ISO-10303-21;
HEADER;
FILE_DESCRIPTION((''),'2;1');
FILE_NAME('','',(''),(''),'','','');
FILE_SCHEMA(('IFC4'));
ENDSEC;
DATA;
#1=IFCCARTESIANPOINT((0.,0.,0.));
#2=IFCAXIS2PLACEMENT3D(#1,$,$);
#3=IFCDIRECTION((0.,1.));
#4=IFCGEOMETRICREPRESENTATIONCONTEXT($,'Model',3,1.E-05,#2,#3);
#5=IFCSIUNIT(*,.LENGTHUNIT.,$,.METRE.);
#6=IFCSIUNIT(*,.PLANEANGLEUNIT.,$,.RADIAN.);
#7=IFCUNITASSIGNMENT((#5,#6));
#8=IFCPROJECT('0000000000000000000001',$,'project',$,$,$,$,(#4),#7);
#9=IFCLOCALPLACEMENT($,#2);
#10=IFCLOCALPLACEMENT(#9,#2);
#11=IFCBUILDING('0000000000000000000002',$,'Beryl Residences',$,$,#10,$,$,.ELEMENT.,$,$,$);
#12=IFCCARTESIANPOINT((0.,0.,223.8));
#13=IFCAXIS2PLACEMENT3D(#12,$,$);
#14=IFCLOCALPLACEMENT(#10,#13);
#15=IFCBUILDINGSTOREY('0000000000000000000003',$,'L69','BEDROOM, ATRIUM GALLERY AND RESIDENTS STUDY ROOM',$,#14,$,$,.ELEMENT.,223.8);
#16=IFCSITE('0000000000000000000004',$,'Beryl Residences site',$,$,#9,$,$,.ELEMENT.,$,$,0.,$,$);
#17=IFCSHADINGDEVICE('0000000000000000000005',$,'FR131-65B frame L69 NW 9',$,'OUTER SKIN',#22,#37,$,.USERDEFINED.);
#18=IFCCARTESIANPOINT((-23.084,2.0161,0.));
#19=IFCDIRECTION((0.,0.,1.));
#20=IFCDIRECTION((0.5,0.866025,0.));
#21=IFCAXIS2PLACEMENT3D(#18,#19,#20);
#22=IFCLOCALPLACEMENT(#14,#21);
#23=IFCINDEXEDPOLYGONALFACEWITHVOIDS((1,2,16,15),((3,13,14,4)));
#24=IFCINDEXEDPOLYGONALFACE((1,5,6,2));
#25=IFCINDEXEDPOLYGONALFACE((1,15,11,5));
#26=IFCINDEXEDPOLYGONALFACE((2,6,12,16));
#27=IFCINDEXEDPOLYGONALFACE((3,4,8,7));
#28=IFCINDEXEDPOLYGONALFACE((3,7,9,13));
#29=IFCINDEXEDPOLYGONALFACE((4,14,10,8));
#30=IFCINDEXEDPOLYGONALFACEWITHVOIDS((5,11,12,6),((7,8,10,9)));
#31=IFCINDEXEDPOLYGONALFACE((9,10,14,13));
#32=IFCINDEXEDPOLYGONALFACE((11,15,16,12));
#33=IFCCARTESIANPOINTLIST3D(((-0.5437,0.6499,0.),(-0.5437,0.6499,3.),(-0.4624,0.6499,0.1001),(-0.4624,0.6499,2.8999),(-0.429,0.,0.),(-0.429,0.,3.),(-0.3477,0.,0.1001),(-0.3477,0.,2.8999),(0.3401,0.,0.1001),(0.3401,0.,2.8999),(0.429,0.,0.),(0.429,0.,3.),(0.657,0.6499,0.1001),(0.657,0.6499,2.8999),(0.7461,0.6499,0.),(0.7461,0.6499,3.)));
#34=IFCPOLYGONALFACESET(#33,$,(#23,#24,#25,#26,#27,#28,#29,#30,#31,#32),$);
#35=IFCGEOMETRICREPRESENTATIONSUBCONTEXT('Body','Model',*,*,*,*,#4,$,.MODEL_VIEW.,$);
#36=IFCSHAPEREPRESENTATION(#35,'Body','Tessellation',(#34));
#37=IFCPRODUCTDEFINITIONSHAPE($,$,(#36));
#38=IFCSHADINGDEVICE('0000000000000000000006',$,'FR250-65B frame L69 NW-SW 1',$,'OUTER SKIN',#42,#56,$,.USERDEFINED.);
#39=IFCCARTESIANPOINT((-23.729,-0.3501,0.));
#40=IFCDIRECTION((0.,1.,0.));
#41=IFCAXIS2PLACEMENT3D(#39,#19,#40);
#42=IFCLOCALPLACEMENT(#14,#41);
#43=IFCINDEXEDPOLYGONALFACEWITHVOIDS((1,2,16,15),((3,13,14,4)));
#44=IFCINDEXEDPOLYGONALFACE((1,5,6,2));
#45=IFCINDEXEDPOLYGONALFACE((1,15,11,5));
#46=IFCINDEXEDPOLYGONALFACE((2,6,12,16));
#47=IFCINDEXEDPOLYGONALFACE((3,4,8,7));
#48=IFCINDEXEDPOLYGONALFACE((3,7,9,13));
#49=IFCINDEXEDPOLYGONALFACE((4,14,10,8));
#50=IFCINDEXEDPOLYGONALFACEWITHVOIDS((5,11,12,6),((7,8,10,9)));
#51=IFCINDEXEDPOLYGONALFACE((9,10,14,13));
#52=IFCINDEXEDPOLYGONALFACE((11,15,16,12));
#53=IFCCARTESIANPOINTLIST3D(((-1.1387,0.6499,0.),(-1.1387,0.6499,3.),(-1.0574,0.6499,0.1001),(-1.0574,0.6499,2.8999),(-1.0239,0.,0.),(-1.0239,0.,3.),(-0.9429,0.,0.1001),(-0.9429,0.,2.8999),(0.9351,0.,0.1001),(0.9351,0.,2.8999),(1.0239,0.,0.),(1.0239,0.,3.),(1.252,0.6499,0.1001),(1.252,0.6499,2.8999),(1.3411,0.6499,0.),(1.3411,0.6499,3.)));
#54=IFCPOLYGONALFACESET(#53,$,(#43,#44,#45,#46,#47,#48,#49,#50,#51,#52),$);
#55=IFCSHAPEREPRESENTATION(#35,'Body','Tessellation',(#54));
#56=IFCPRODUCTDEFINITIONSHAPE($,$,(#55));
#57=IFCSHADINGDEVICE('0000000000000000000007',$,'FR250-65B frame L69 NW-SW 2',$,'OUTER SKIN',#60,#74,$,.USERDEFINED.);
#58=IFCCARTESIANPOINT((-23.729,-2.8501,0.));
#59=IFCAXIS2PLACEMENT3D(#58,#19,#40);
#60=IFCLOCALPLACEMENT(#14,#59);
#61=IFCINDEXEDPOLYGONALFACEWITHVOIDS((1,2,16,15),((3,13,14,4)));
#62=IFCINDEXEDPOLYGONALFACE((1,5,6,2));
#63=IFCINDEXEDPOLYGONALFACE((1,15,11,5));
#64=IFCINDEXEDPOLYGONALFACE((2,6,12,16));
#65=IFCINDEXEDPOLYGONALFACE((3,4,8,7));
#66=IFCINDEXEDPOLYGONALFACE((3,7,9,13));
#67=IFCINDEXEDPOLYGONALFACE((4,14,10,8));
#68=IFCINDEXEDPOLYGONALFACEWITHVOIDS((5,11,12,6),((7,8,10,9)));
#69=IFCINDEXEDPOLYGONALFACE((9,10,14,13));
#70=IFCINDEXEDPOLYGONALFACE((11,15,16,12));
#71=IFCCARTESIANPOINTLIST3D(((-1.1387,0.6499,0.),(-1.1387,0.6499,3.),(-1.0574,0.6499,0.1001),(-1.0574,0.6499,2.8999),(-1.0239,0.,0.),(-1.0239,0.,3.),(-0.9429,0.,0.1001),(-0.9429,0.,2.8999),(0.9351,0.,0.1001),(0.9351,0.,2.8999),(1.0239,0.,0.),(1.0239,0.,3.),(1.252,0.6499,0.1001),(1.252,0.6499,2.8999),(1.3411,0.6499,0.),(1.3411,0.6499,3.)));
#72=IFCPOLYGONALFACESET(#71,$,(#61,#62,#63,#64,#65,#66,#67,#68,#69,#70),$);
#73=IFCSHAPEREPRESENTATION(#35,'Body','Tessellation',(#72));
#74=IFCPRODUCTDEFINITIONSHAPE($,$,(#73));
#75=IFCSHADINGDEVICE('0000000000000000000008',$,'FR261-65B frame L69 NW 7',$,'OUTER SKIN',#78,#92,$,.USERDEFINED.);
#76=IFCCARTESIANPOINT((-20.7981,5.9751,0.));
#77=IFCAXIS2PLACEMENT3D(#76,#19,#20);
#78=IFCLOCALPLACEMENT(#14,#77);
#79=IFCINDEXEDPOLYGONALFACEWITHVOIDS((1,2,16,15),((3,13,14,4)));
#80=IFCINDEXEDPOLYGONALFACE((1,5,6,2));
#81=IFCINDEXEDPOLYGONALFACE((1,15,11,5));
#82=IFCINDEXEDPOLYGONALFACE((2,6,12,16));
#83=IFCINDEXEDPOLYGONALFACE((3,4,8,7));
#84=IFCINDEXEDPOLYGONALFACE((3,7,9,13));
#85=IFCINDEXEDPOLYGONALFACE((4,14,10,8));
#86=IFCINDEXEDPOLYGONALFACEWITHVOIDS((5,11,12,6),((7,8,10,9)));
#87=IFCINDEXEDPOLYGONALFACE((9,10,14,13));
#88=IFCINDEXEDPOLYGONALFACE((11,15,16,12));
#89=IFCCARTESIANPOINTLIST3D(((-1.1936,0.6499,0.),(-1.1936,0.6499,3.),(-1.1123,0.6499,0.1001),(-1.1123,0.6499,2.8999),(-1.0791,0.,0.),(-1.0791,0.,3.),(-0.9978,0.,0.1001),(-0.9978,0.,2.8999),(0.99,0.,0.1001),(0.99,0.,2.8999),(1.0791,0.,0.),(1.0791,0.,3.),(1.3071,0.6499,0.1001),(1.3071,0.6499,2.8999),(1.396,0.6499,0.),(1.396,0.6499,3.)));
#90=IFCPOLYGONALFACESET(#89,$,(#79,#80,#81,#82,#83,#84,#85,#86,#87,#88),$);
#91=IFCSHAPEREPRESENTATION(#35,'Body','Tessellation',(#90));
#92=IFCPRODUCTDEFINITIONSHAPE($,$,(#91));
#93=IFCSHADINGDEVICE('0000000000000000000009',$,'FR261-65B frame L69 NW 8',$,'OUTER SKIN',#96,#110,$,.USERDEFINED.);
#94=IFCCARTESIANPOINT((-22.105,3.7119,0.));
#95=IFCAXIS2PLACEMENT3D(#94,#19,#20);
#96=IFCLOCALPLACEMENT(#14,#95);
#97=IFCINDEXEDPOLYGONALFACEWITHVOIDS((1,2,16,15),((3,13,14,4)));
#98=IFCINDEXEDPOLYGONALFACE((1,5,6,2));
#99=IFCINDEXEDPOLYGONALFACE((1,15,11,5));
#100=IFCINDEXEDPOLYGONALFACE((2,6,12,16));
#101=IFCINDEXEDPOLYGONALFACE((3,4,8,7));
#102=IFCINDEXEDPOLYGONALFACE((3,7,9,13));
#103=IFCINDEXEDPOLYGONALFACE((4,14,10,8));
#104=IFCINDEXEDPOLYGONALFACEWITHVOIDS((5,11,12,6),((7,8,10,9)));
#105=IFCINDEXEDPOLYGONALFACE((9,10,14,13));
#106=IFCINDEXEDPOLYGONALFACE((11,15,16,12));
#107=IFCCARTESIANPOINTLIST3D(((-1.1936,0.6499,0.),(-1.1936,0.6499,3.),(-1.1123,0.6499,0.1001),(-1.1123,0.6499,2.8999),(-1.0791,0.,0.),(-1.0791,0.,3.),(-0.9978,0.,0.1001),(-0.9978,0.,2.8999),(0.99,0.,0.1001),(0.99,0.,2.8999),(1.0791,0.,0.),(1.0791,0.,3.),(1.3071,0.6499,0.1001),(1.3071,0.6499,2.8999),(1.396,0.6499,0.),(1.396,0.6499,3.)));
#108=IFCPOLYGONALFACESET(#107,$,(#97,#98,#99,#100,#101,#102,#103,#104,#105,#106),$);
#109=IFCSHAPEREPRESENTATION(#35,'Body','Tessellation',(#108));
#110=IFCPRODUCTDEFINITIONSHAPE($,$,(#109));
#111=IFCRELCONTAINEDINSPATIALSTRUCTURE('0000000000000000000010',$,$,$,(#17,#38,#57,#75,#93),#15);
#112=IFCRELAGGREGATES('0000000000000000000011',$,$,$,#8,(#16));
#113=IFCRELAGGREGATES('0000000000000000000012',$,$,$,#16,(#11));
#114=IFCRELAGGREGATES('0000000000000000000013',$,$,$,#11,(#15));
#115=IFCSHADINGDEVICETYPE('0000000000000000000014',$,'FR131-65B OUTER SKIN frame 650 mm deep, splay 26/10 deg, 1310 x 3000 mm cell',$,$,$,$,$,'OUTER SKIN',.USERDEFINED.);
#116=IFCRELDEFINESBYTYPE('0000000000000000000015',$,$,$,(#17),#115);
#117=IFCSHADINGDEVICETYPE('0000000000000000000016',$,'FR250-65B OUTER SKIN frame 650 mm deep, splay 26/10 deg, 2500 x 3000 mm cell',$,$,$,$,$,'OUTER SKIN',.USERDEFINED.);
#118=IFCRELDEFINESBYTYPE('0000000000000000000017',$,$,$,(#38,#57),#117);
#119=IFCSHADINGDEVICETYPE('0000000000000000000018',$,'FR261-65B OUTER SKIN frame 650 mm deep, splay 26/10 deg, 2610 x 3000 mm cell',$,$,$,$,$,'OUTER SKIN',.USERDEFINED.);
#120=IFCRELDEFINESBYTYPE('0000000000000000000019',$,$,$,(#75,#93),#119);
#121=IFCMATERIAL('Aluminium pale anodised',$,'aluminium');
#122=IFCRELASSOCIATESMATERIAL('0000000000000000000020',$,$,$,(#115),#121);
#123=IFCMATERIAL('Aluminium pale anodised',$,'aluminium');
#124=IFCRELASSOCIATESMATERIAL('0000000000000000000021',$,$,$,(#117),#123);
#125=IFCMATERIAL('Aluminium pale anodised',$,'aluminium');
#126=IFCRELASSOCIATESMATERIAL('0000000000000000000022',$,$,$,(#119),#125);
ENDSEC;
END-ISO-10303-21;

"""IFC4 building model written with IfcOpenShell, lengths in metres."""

from ifc_helpers import new_model, entity, si_unit, direction, frame, origin, place, context, subcontext, project, spatial, source, transform, mapped, material, type_object, type_shapes, element, save


model = new_model("IFC4")

# Units and contexts
model_context = context("Model", 3, precision=1e-05, world=origin(), true_north=direction((0.0, 1.0)))
body_context = subcontext(model_context, "Body", "Model", "MODEL_VIEW")
ifc_project = project(units=[si_unit("LENGTHUNIT", "METRE"), si_unit("PLANEANGLEUNIT", "RADIAN")], contexts=[model_context])

# Site, building, storey
site_placement = place(None, origin())
site = spatial("IfcSite", under=ifc_project, at=site_placement, Name="Beryl Residences site", CompositionType="ELEMENT", RefElevation=0.0)
building_placement = place(site_placement, origin())
building = spatial("IfcBuilding", under=site, at=building_placement, Name="Beryl Residences", CompositionType="ELEMENT")
storey_placement = place(building_placement, frame((0.0, 0.0, 223.8)))
storey = spatial("IfcBuildingStorey", under=building, at=storey_placement, Name="L69", Description="BEDROOM, ATRIUM GALLERY AND RESIDENTS STUDY ROOM", CompositionType="ELEMENT", Elevation=223.8)

# Shading devices
ifc_material_1 = material(Name="Aluminium pale anodised", Category="aluminium")
shading_device_type_1 = type_object("IfcShadingDeviceType", Name="FR131-65B OUTER SKIN frame 650 mm deep, splay 26/10 deg, 1310 x 3000 mm cell", ElementType="OUTER SKIN", PredefinedType="USERDEFINED", material=ifc_material_1)
cartesian_point_1 = entity("IfcCartesianPoint", [-0.429, 0.0])
cartesian_point_2 = entity("IfcCartesianPoint", [-0.3401, 0.1001])
cartesian_point_3 = entity("IfcCartesianPoint", [-0.7461, 0.0])
cartesian_point_4 = entity("IfcCartesianPoint", [-0.657, 0.1001])
shared_shape_1 = source(origin(), body_context, "Body", "SweptSolid", [
    entity("IfcExtrudedAreaSolidTapered", entity("IfcArbitraryProfileDefWithVoids", "AREA", None, entity("IfcPolyline", [cartesian_point_1, entity("IfcCartesianPoint", [0.429, 0.0]), entity("IfcCartesianPoint", [0.429, 3.0]), entity("IfcCartesianPoint", [-0.429, 3.0]), cartesian_point_1]), [entity("IfcPolyline", [cartesian_point_2, entity("IfcCartesianPoint", [0.3477, 0.1001]), entity("IfcCartesianPoint", [0.3477, 2.8999]), entity("IfcCartesianPoint", [-0.3401, 2.8999]), cartesian_point_2])]), entity("IfcAxis2Placement3D", entity("IfcCartesianPoint", [0.0, 0.0, 0.0]), entity("IfcDirection", [0.0, 1.0, 0.0]), entity("IfcDirection", [-1.0, 0.0, 0.0])), entity("IfcDirection", [0.0, 0.0, 1.0]), 0.6499, entity("IfcArbitraryProfileDefWithVoids", "AREA", None, entity("IfcPolyline", [cartesian_point_3, entity("IfcCartesianPoint", [0.5437, 0.0]), entity("IfcCartesianPoint", [0.5437, 3.0]), entity("IfcCartesianPoint", [-0.7461, 3.0]), cartesian_point_3]), [entity("IfcPolyline", [cartesian_point_4, entity("IfcCartesianPoint", [0.4624, 0.1001]), entity("IfcCartesianPoint", [0.4624, 2.8999]), entity("IfcCartesianPoint", [-0.657, 2.8999]), cartesian_point_4])])),
])
type_shapes(shading_device_type_1, [shared_shape_1])
shading_device_placement = place(storey_placement, frame((-23.084, 2.0161, 0.0), z_axis=(0.0, 0.0, 1.0), x_axis=(0.5, 0.866025, 0.0)))
element("IfcShadingDevice", 1, at=shading_device_placement, inside=storey, type_object=shading_device_type_1, Name="FR131-65B frame L69 NW 9", ObjectType="OUTER SKIN", PredefinedType="USERDEFINED", context=body_context, shape_type="MappedRepresentation", body=[
    mapped(shared_shape_1, transform((0.0, 0.0, 0.0))),
])
ifc_material_2 = material(Name="Aluminium pale anodised", Category="aluminium")
shading_device_type_2 = type_object("IfcShadingDeviceType", Name="FR250-65B OUTER SKIN frame 650 mm deep, splay 26/10 deg, 2500 x 3000 mm cell", ElementType="OUTER SKIN", PredefinedType="USERDEFINED", material=ifc_material_2)
cartesian_point_5 = entity("IfcCartesianPoint", [-1.0239, 0.0])
cartesian_point_6 = entity("IfcCartesianPoint", [-0.9351, 0.1001])
cartesian_point_7 = entity("IfcCartesianPoint", [-1.3411, 0.0])
cartesian_point_8 = entity("IfcCartesianPoint", [-1.252, 0.1001])
shared_shape_2 = source(origin(), body_context, "Body", "SweptSolid", [
    entity("IfcExtrudedAreaSolidTapered", entity("IfcArbitraryProfileDefWithVoids", "AREA", None, entity("IfcPolyline", [cartesian_point_5, entity("IfcCartesianPoint", [1.0239, 0.0]), entity("IfcCartesianPoint", [1.0239, 3.0]), entity("IfcCartesianPoint", [-1.0239, 3.0]), cartesian_point_5]), [entity("IfcPolyline", [cartesian_point_6, entity("IfcCartesianPoint", [0.9429, 0.1001]), entity("IfcCartesianPoint", [0.9429, 2.8999]), entity("IfcCartesianPoint", [-0.9351, 2.8999]), cartesian_point_6])]), entity("IfcAxis2Placement3D", entity("IfcCartesianPoint", [0.0, 0.0, 0.0]), entity("IfcDirection", [0.0, 1.0, 0.0]), entity("IfcDirection", [-1.0, 0.0, 0.0])), entity("IfcDirection", [0.0, 0.0, 1.0]), 0.6499, entity("IfcArbitraryProfileDefWithVoids", "AREA", None, entity("IfcPolyline", [cartesian_point_7, entity("IfcCartesianPoint", [1.1387, 0.0]), entity("IfcCartesianPoint", [1.1387, 3.0]), entity("IfcCartesianPoint", [-1.3411, 3.0]), cartesian_point_7]), [entity("IfcPolyline", [cartesian_point_8, entity("IfcCartesianPoint", [1.0574, 0.1001]), entity("IfcCartesianPoint", [1.0574, 2.8999]), entity("IfcCartesianPoint", [-1.252, 2.8999]), cartesian_point_8])])),
])
type_shapes(shading_device_type_2, [shared_shape_2])
for number, where, z_axis, x_axis, name in (
    (2, (-23.729, -0.3501, 0.0), (0.0, 0.0, 1.0), (0.0, 1.0, 0.0), "FR250-65B frame L69 NW-SW 1"),
    (3, (-23.729, -2.8501, 0.0), (0.0, 0.0, 1.0), (0.0, 1.0, 0.0), "FR250-65B frame L69 NW-SW 2"),
):
    element("IfcShadingDevice", number, at=place(storey_placement, frame(where, z_axis=z_axis, x_axis=x_axis)), inside=storey, type_object=shading_device_type_2, Name=name, ObjectType="OUTER SKIN", PredefinedType="USERDEFINED", context=body_context, shape_type="MappedRepresentation", body=[
        mapped(shared_shape_2, transform((0.0, 0.0, 0.0))),
    ])
ifc_material_3 = material(Name="Aluminium pale anodised", Category="aluminium")
shading_device_type_3 = type_object("IfcShadingDeviceType", Name="FR261-65B OUTER SKIN frame 650 mm deep, splay 26/10 deg, 2610 x 3000 mm cell", ElementType="OUTER SKIN", PredefinedType="USERDEFINED", material=ifc_material_3)
cartesian_point_9 = entity("IfcCartesianPoint", [-1.0791, 0.0])
cartesian_point_10 = entity("IfcCartesianPoint", [-0.99, 0.1001])
cartesian_point_11 = entity("IfcCartesianPoint", [-1.396, 0.0])
cartesian_point_12 = entity("IfcCartesianPoint", [-1.3071, 0.1001])
shared_shape_3 = source(origin(), body_context, "Body", "SweptSolid", [
    entity("IfcExtrudedAreaSolidTapered", entity("IfcArbitraryProfileDefWithVoids", "AREA", None, entity("IfcPolyline", [cartesian_point_9, entity("IfcCartesianPoint", [1.0791, 0.0]), entity("IfcCartesianPoint", [1.0791, 3.0]), entity("IfcCartesianPoint", [-1.0791, 3.0]), cartesian_point_9]), [entity("IfcPolyline", [cartesian_point_10, entity("IfcCartesianPoint", [0.9978, 0.1001]), entity("IfcCartesianPoint", [0.9978, 2.8999]), entity("IfcCartesianPoint", [-0.99, 2.8999]), cartesian_point_10])]), entity("IfcAxis2Placement3D", entity("IfcCartesianPoint", [0.0, 0.0, 0.0]), entity("IfcDirection", [0.0, 1.0, 0.0]), entity("IfcDirection", [-1.0, 0.0, 0.0])), entity("IfcDirection", [0.0, 0.0, 1.0]), 0.6499, entity("IfcArbitraryProfileDefWithVoids", "AREA", None, entity("IfcPolyline", [cartesian_point_11, entity("IfcCartesianPoint", [1.1936, 0.0]), entity("IfcCartesianPoint", [1.1936, 3.0]), entity("IfcCartesianPoint", [-1.396, 3.0]), cartesian_point_11]), [entity("IfcPolyline", [cartesian_point_12, entity("IfcCartesianPoint", [1.1123, 0.1001]), entity("IfcCartesianPoint", [1.1123, 2.8999]), entity("IfcCartesianPoint", [-1.3071, 2.8999]), cartesian_point_12])])),
])
type_shapes(shading_device_type_3, [shared_shape_3])
for number, where, z_axis, x_axis, name in (
    (4, (-20.7981, 5.9751, 0.0), (0.0, 0.0, 1.0), (0.5, 0.866025, 0.0), "FR261-65B frame L69 NW 7"),
    (5, (-22.105, 3.7119, 0.0), (0.0, 0.0, 1.0), (0.5, 0.866025, 0.0), "FR261-65B frame L69 NW 8"),
):
    element("IfcShadingDevice", number, at=place(storey_placement, frame(where, z_axis=z_axis, x_axis=x_axis)), inside=storey, type_object=shading_device_type_3, Name=name, ObjectType="OUTER SKIN", PredefinedType="USERDEFINED", context=body_context, shape_type="MappedRepresentation", body=[
        mapped(shared_shape_3, transform((0.0, 0.0, 0.0))),
    ])

save(model, "model.ifc")
